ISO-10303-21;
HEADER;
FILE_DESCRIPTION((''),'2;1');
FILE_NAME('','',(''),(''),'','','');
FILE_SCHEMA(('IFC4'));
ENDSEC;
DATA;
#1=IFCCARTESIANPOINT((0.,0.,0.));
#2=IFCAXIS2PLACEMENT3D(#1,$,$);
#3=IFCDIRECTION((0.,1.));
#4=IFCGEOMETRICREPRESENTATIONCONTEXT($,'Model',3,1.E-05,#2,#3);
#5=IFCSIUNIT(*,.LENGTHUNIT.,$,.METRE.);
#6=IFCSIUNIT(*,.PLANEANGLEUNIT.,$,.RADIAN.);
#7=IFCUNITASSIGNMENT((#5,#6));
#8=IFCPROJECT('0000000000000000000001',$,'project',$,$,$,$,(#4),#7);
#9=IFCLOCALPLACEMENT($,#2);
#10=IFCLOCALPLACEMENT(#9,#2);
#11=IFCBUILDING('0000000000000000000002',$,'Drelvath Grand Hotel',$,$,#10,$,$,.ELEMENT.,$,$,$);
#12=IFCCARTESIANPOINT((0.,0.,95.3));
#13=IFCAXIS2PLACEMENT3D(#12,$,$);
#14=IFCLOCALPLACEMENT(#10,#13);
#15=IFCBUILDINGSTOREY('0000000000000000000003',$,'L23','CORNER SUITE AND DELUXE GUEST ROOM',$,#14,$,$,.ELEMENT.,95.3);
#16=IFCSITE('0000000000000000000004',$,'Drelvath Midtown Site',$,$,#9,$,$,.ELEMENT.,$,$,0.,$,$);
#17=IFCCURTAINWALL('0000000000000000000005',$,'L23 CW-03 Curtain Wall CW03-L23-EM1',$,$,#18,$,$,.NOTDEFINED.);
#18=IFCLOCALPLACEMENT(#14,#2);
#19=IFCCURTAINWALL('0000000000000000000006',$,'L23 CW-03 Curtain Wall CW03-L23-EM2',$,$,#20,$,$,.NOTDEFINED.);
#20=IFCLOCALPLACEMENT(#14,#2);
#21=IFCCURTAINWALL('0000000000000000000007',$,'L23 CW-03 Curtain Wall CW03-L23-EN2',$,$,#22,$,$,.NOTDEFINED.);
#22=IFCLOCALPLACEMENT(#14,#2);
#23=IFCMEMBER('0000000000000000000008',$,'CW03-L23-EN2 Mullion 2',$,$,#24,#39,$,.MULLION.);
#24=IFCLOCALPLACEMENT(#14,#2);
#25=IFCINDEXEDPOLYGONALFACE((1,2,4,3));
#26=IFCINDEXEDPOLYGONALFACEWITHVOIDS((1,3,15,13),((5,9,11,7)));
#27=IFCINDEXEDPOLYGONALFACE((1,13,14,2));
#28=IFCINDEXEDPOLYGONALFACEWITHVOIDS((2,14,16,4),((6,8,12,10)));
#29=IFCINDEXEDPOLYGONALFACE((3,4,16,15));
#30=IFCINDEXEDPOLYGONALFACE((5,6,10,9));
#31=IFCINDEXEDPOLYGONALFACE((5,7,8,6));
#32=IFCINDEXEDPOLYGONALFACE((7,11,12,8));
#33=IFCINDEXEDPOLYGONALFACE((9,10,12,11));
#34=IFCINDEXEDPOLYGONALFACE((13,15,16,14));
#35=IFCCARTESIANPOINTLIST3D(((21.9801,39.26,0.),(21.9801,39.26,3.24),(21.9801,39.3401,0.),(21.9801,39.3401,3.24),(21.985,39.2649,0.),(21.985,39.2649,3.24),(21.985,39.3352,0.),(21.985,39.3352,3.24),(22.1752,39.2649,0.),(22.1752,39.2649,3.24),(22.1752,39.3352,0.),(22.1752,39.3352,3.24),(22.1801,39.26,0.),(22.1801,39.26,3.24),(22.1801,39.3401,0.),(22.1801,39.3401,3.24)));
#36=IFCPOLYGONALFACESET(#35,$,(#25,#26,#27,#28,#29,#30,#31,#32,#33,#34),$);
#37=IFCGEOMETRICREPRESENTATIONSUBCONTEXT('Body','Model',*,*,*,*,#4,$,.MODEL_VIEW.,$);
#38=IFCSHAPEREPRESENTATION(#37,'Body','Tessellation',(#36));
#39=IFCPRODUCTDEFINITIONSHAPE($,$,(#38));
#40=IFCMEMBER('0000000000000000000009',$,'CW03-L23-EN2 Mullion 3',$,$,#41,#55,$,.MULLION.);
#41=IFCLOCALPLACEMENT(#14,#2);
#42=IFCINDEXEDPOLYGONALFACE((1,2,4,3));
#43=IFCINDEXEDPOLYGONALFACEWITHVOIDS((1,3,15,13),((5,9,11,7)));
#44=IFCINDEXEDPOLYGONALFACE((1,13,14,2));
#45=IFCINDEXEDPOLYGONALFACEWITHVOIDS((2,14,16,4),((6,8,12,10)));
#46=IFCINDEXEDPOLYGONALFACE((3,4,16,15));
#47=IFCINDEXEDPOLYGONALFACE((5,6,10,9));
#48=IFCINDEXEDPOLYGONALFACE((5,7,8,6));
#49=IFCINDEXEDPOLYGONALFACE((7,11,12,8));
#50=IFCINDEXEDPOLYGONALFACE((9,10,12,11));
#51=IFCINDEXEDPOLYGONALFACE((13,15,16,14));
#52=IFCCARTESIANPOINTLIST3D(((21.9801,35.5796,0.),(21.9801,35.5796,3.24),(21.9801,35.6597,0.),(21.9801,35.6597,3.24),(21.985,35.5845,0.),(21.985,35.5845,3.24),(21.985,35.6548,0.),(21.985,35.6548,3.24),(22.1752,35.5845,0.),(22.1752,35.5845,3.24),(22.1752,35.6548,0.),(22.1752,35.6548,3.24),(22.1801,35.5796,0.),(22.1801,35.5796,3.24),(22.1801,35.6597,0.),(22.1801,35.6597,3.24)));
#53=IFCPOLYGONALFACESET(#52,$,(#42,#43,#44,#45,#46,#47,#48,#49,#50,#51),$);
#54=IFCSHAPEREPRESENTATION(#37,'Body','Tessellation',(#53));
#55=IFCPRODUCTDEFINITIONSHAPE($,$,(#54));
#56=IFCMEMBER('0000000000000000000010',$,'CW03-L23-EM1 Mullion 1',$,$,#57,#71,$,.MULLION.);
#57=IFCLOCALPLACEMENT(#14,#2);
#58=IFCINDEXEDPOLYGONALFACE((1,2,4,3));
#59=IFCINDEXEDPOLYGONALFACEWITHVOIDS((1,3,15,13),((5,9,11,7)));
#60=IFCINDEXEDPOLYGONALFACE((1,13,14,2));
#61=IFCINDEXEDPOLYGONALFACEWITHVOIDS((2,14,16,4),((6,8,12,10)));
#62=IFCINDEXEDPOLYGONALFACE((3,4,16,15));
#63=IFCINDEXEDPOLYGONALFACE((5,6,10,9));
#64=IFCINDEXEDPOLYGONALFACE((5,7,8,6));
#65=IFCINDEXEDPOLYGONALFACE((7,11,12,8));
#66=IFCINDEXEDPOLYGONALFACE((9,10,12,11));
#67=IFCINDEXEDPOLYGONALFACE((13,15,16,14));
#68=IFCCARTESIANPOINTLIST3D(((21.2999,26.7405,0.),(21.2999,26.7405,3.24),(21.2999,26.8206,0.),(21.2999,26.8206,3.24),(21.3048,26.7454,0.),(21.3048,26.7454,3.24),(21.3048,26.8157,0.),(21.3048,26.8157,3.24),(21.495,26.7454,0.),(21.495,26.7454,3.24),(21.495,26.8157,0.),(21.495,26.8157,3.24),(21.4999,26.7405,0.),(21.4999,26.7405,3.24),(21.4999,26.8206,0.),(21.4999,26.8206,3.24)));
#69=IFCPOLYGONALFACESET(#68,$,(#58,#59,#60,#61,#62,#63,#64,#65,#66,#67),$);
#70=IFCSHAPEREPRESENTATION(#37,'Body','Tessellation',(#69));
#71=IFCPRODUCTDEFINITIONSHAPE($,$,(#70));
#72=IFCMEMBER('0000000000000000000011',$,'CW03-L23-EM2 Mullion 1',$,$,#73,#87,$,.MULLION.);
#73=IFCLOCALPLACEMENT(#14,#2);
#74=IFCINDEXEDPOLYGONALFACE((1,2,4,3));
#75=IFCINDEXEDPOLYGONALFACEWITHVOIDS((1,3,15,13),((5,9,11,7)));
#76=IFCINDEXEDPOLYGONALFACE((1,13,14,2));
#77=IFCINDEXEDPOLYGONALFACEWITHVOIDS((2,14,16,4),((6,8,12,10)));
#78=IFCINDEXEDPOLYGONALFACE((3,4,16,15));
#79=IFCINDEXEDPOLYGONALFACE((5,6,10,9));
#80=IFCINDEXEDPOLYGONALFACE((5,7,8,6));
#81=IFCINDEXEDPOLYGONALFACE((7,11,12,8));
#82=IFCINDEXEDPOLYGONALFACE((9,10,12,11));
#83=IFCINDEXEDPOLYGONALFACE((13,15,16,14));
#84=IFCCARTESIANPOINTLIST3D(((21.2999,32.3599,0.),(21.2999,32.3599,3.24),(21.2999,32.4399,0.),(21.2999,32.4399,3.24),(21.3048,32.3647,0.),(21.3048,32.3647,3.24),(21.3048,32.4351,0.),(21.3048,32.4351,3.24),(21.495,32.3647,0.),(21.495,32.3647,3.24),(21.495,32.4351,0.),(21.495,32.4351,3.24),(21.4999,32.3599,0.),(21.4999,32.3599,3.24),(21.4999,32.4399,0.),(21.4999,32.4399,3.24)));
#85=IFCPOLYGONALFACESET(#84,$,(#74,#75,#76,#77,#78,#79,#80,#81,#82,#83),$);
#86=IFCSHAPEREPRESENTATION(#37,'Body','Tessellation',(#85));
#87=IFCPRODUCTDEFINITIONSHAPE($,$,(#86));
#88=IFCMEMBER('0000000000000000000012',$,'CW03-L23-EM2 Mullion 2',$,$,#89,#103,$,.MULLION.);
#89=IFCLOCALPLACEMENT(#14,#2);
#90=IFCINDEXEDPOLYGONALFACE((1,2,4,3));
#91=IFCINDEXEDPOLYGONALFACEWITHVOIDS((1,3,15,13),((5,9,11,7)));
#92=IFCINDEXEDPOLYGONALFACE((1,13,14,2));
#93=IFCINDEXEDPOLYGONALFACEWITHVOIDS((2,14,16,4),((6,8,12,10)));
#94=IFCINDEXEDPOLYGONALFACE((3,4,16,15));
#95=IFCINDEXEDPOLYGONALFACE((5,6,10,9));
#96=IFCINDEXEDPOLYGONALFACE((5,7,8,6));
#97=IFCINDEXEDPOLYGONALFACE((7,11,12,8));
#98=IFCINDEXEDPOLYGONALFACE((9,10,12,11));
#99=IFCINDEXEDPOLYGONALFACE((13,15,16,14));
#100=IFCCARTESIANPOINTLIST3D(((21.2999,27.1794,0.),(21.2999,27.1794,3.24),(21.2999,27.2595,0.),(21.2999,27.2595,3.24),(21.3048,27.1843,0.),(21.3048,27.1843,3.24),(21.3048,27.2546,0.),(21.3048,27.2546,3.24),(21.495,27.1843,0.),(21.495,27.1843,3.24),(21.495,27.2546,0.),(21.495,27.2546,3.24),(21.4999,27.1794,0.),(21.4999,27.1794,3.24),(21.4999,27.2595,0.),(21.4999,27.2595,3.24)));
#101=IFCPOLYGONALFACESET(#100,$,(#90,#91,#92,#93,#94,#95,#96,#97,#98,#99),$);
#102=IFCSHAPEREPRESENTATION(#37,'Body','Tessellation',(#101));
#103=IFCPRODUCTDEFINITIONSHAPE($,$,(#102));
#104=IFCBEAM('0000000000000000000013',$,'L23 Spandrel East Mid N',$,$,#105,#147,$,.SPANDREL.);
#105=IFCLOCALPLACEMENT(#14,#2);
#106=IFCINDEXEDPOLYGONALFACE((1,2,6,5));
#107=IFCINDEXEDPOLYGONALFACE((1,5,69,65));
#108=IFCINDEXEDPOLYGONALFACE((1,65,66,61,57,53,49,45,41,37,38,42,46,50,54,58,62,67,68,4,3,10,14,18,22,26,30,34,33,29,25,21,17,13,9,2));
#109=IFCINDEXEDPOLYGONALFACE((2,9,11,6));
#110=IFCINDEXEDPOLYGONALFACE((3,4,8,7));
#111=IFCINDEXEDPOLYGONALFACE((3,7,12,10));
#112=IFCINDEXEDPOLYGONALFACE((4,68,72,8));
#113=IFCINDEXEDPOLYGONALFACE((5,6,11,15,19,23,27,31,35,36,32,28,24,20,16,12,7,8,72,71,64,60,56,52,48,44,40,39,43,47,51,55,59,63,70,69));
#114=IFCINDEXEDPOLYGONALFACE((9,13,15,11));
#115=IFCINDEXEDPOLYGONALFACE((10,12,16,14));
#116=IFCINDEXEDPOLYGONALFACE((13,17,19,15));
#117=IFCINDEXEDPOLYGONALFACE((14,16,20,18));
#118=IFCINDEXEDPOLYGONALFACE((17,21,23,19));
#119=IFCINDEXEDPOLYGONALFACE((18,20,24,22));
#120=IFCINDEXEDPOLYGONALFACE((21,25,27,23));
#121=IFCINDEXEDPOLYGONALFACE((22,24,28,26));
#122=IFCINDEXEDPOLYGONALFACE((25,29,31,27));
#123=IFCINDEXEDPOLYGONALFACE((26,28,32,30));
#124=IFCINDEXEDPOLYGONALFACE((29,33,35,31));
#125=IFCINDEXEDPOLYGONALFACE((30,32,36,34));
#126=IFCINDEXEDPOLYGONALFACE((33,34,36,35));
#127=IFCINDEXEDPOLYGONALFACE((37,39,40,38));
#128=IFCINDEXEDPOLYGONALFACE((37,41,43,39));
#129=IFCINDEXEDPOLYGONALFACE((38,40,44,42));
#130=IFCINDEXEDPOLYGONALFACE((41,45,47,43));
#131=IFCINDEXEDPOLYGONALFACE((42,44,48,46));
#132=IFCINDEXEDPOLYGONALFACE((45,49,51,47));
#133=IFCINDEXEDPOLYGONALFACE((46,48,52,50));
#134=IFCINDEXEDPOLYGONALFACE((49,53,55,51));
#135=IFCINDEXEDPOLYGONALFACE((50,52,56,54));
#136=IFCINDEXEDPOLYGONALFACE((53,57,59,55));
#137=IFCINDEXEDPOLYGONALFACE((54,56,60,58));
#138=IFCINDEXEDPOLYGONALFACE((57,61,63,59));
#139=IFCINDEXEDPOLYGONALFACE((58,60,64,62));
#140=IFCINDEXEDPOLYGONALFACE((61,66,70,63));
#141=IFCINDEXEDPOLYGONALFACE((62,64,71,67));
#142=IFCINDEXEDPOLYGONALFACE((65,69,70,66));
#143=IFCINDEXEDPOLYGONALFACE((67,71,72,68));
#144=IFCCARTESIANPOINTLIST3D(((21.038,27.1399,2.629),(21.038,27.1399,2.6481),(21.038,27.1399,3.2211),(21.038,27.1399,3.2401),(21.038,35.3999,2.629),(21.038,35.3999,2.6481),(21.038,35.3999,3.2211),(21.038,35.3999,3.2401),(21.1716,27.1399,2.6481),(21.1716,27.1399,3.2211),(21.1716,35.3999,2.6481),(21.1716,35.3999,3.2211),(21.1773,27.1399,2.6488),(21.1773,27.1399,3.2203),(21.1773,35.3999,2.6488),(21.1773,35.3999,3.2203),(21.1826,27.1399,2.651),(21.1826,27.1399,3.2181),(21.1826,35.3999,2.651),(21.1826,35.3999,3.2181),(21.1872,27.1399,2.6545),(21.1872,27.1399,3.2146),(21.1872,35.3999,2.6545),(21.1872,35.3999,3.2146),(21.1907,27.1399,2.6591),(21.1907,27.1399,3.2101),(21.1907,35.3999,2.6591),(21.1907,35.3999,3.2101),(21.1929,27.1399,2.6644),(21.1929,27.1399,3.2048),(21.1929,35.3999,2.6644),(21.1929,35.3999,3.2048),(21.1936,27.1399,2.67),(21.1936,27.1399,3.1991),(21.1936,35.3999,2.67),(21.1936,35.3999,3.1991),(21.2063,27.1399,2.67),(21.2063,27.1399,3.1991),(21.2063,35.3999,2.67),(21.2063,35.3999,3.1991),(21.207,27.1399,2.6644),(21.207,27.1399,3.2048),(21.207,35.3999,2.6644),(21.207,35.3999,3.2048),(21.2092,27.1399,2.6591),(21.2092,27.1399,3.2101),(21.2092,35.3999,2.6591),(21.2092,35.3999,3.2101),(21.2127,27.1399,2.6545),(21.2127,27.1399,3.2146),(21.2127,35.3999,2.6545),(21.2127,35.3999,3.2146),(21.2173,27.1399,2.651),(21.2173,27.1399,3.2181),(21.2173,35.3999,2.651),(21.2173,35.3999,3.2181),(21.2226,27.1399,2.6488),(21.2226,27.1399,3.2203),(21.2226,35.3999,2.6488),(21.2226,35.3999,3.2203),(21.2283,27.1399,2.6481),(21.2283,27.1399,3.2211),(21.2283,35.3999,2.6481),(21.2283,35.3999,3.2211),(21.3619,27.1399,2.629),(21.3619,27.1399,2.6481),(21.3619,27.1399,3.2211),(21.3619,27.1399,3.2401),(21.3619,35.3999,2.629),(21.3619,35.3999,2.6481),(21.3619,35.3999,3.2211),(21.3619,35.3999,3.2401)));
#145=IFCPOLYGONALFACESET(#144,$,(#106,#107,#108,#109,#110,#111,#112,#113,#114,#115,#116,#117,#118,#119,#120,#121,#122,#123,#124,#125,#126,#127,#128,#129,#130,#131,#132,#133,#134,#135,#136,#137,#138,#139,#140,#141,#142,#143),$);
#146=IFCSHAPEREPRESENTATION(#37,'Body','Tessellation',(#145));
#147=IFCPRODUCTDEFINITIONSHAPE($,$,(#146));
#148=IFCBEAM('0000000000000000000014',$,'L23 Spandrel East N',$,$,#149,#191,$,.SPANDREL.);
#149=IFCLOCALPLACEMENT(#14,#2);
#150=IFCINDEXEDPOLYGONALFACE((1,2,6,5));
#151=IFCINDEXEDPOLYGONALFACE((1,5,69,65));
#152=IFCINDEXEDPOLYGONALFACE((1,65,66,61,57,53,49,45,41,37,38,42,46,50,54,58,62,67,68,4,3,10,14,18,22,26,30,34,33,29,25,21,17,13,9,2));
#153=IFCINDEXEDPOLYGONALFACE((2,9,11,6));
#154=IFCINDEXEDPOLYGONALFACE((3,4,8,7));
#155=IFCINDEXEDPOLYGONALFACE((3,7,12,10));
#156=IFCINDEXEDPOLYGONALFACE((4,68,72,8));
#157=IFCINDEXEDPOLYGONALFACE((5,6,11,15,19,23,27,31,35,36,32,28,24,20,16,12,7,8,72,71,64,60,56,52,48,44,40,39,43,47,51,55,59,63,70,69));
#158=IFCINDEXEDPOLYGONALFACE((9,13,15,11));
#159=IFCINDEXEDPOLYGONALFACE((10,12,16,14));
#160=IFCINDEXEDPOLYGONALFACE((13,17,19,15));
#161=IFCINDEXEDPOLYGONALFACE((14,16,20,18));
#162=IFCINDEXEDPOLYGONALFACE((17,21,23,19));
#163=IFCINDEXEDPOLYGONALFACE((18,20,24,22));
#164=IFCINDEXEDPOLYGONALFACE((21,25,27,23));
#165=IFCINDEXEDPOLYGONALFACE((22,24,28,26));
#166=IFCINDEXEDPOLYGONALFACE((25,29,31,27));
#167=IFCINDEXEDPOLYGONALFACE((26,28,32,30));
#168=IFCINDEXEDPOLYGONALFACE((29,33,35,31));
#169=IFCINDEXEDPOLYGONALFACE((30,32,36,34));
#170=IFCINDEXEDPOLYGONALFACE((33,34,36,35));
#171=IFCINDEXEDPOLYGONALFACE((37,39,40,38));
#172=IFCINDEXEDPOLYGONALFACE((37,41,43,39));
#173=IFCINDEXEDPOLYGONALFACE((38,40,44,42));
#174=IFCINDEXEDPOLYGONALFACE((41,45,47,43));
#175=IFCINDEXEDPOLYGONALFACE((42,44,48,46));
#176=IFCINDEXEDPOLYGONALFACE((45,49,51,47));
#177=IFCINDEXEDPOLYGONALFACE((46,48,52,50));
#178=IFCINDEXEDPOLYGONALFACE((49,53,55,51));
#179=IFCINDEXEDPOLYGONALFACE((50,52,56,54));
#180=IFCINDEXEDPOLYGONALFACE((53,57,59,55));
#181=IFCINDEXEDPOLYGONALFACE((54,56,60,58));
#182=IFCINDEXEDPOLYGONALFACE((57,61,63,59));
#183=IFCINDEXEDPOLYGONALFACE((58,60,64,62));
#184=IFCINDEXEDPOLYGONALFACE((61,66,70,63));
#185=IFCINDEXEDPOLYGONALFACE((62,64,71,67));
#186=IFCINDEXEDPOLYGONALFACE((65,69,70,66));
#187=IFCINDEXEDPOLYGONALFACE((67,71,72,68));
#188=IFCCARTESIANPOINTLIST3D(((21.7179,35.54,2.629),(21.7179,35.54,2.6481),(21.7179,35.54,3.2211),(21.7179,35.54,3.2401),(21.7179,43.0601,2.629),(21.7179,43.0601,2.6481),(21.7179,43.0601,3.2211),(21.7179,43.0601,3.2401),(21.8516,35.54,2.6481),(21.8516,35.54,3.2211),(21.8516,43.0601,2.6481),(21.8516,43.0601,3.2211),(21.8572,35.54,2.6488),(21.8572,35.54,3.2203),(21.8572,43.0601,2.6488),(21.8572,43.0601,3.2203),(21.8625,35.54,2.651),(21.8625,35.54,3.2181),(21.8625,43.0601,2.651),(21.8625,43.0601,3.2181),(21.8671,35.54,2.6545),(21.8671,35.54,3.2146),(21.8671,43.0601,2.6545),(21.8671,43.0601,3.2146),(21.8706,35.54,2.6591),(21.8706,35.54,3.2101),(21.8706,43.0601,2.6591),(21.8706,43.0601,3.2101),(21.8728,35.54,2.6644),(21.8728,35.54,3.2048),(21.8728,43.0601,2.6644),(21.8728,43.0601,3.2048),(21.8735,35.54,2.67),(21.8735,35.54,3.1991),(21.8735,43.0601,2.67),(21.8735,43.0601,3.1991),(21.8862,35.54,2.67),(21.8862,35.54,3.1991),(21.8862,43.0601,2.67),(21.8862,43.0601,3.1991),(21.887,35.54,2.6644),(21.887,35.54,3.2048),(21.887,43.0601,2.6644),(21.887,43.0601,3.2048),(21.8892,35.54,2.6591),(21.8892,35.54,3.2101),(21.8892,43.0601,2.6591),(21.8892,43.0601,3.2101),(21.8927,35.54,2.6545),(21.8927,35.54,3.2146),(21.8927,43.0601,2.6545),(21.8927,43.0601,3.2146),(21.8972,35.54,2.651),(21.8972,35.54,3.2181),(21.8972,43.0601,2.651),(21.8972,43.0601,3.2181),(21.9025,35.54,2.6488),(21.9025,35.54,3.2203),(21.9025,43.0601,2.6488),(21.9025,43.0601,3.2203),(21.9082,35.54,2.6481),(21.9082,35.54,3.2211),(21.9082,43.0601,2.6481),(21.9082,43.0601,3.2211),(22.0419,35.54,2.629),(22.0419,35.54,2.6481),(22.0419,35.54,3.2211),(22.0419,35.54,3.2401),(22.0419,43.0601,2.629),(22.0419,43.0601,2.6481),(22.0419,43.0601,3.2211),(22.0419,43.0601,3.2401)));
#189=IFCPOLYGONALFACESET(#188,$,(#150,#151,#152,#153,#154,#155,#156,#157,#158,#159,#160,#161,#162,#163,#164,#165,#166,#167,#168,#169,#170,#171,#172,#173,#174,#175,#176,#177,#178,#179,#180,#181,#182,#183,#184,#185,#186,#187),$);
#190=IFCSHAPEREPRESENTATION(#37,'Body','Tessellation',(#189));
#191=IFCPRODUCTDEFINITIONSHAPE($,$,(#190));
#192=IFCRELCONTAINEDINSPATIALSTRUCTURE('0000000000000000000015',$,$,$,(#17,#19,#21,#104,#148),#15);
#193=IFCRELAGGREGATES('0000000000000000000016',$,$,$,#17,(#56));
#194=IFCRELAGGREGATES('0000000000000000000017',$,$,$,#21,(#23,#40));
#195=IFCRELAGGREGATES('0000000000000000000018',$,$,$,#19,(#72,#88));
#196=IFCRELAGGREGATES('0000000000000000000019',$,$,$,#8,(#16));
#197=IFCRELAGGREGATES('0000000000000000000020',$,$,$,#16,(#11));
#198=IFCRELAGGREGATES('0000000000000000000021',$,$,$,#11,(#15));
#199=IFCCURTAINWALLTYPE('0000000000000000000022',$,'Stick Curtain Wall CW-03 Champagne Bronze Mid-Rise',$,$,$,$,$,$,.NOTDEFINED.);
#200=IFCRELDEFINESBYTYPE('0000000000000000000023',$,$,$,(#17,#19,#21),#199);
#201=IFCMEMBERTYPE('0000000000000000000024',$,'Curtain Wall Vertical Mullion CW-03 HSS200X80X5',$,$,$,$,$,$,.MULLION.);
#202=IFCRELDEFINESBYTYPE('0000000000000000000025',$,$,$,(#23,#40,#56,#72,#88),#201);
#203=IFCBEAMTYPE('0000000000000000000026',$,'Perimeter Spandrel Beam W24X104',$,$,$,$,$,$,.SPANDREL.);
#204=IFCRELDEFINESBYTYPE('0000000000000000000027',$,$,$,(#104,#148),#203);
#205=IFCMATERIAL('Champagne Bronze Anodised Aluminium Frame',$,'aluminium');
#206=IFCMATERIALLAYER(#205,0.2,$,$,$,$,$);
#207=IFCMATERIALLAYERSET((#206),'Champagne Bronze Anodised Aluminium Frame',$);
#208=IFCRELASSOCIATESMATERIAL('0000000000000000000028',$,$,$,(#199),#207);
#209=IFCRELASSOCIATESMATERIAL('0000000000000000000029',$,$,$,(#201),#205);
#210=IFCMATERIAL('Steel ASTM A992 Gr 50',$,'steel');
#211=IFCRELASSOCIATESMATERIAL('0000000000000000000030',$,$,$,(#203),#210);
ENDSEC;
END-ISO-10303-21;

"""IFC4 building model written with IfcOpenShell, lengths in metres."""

from ifc_helpers import new_model, si_unit, direction, frame, origin, origin_2d, place, context, subcontext, project, spatial, hollow_rectangle, i_section, extrude, material, layer, layer_set, material_profile, profile_set, type_object, element, aggregate, save


model = new_model("IFC4")

# Units and contexts
model_context = context("Model", 3, precision=1e-05, world=origin(), true_north=direction((0.0, 1.0)))
body_context = subcontext(model_context, "Body", "Model", "MODEL_VIEW")
ifc_project = project(units=[si_unit("LENGTHUNIT", "METRE"), si_unit("PLANEANGLEUNIT", "RADIAN")], contexts=[model_context])

# Site, building, storey
site_placement = place(None, origin())
site = spatial("IfcSite", under=ifc_project, at=site_placement, Name="Drelvath Midtown Site", CompositionType="ELEMENT", RefElevation=0.0)
building_placement = place(site_placement, origin())
building = spatial("IfcBuilding", under=site, at=building_placement, Name="Drelvath Grand Hotel", CompositionType="ELEMENT")
storey_placement = place(building_placement, frame((0.0, 0.0, 95.3)))
storey = spatial("IfcBuildingStorey", under=building, at=storey_placement, Name="L23", Description="CORNER SUITE AND DELUXE GUEST ROOM", CompositionType="ELEMENT", Elevation=95.3)

# Curtain walls
ifc_material_1 = material(Name="Champagne Bronze Anodised Aluminium Frame", Category="aluminium")
ifc_layer_1 = layer(ifc_material_1, 0.2)
ifc_layer_set_1 = layer_set([ifc_layer_1], Name="Champagne Bronze Anodised Aluminium Frame")
curtain_wall_type = type_object("IfcCurtainWallType", Name="Stick Curtain Wall CW-03 Champagne Bronze Mid-Rise", PredefinedType="NOTDEFINED", material=ifc_layer_set_1)
curtain_wall_1_placement = place(storey_placement, origin())
curtain_wall_1 = element("IfcCurtainWall", 1, at=curtain_wall_1_placement, inside=storey, type_object=curtain_wall_type, Name="L23 CW-03 Curtain Wall CW03-L23-EM1", PredefinedType="NOTDEFINED")
curtain_wall_2_placement = place(storey_placement, origin())
curtain_wall_2 = element("IfcCurtainWall", 2, at=curtain_wall_2_placement, inside=storey, type_object=curtain_wall_type, Name="L23 CW-03 Curtain Wall CW03-L23-EM2", PredefinedType="NOTDEFINED")

# Shared definitions
ifc_material_profile_1 = material_profile(ifc_material_1, hollow_rectangle(XDim=0.0801, YDim=0.2, WallThickness=0.0049, at=origin_2d()), Name="HSS200X80X5")
ifc_profile_set_1 = profile_set([ifc_material_profile_1], Name="Champagne Bronze Anodised Aluminium Frame")
member_type_1 = type_object("IfcMemberType", Name="Curtain Wall Vertical Mullion CW-03 HSS200X80X5", PredefinedType="MULLION", material=ifc_profile_set_1)

# Curtain wall, members
curtain_wall_3_placement = place(storey_placement, origin())
curtain_wall_3 = element("IfcCurtainWall", 3, at=curtain_wall_3_placement, inside=storey, type_object=curtain_wall_type, Name="L23 CW-03 Curtain Wall CW03-L23-EN2", PredefinedType="NOTDEFINED")
member_1_placement = place(storey_placement, frame((22.0801, 39.3, 0.0), z_axis=(0.0, 0.0, 1.0), x_axis=(0.0, 1.0, 0.0)))
member_1 = element("IfcMember", 4, at=member_1_placement, type_object=member_type_1, Name="CW03-L23-EN2 Mullion 2", PredefinedType="MULLION", context=body_context, shape_type="SweptSolid", body=[
    extrude(hollow_rectangle(XDim=0.0801, YDim=0.2, WallThickness=0.0049, at=origin_2d()), origin(), (0.0, 0.0, 1.0), 3.24),
])
member_2_placement = place(storey_placement, frame((22.0801, 35.6196, 0.0), z_axis=(0.0, 0.0, 1.0), x_axis=(0.0, 1.0, 0.0)))
member_2 = element("IfcMember", 5, at=member_2_placement, type_object=member_type_1, Name="CW03-L23-EN2 Mullion 3", PredefinedType="MULLION", context=body_context, shape_type="SweptSolid", body=[
    extrude(hollow_rectangle(XDim=0.0801, YDim=0.2, WallThickness=0.0049, at=origin_2d()), origin(), (0.0, 0.0, 1.0), 3.24),
])

# Members
member_3_placement = place(storey_placement, frame((21.3999, 26.7805, 0.0), z_axis=(0.0, 0.0, 1.0), x_axis=(0.0, 1.0, 0.0)))
member_3 = element("IfcMember", 6, at=member_3_placement, type_object=member_type_1, Name="CW03-L23-EM1 Mullion 1", PredefinedType="MULLION", context=body_context, shape_type="SweptSolid", body=[
    extrude(hollow_rectangle(XDim=0.0801, YDim=0.2, WallThickness=0.0049, at=origin_2d()), origin(), (0.0, 0.0, 1.0), 3.24),
])
aggregate(curtain_wall_1, [member_3])
member_4_placement = place(storey_placement, frame((21.3999, 32.3999, 0.0), z_axis=(0.0, 0.0, 1.0), x_axis=(0.0, 1.0, 0.0)))
member_4 = element("IfcMember", 7, at=member_4_placement, type_object=member_type_1, Name="CW03-L23-EM2 Mullion 1", PredefinedType="MULLION", context=body_context, shape_type="SweptSolid", body=[
    extrude(hollow_rectangle(XDim=0.0801, YDim=0.2, WallThickness=0.0049, at=origin_2d()), origin(), (0.0, 0.0, 1.0), 3.24),
])
member_5_placement = place(storey_placement, frame((21.3999, 27.2195, 0.0), z_axis=(0.0, 0.0, 1.0), x_axis=(0.0, 1.0, 0.0)))
member_5 = element("IfcMember", 8, at=member_5_placement, type_object=member_type_1, Name="CW03-L23-EM2 Mullion 2", PredefinedType="MULLION", context=body_context, shape_type="SweptSolid", body=[
    extrude(hollow_rectangle(XDim=0.0801, YDim=0.2, WallThickness=0.0049, at=origin_2d()), origin(), (0.0, 0.0, 1.0), 3.24),
])

# Beams
ifc_material_2 = material(Name="Steel ASTM A992 Gr 50", Category="steel")
ifc_material_profile_2 = material_profile(ifc_material_2, i_section(OverallWidth=0.324, OverallDepth=0.6111, WebThickness=0.0127, FlangeThickness=0.019, FilletRadius=0.022, at=origin_2d()), Name="W24X104")
ifc_profile_set_2 = profile_set([ifc_material_profile_2], Name="Steel ASTM A992 Gr 50")
beam_type_1 = type_object("IfcBeamType", Name="Perimeter Spandrel Beam W24X104", PredefinedType="SPANDREL", material=ifc_profile_set_2)
beam_1_placement = place(storey_placement, frame((21.2, 27.1399, 2.9346), z_axis=(0.0, 1.0, 0.0), x_axis=(-1.0, 0.0, 0.0)))
element("IfcBeam", 9, at=beam_1_placement, inside=storey, type_object=beam_type_1, Name="L23 Spandrel East Mid N", PredefinedType="SPANDREL", context=body_context, shape_type="SweptSolid", body=[
    extrude(i_section(OverallWidth=0.324, OverallDepth=0.6111, WebThickness=0.0127, FlangeThickness=0.019, FilletRadius=0.022, at=origin_2d()), origin(), (0.0, 0.0, 1.0), 8.26),
])
beam_2_placement = place(storey_placement, frame((21.8799, 35.54, 2.9346), z_axis=(0.0, 1.0, 0.0), x_axis=(-1.0, 0.0, 0.0)))
element("IfcBeam", 10, at=beam_2_placement, inside=storey, type_object=beam_type_1, Name="L23 Spandrel East N", PredefinedType="SPANDREL", context=body_context, shape_type="SweptSolid", body=[
    extrude(i_section(OverallWidth=0.324, OverallDepth=0.6111, WebThickness=0.0127, FlangeThickness=0.019, FilletRadius=0.022, at=origin_2d()), origin(), (0.0, 0.0, 1.0), 7.52),
])

aggregate(curtain_wall_3, [member_1, member_2])
aggregate(curtain_wall_2, [member_4, member_5])

save(model, "model.ifc")
